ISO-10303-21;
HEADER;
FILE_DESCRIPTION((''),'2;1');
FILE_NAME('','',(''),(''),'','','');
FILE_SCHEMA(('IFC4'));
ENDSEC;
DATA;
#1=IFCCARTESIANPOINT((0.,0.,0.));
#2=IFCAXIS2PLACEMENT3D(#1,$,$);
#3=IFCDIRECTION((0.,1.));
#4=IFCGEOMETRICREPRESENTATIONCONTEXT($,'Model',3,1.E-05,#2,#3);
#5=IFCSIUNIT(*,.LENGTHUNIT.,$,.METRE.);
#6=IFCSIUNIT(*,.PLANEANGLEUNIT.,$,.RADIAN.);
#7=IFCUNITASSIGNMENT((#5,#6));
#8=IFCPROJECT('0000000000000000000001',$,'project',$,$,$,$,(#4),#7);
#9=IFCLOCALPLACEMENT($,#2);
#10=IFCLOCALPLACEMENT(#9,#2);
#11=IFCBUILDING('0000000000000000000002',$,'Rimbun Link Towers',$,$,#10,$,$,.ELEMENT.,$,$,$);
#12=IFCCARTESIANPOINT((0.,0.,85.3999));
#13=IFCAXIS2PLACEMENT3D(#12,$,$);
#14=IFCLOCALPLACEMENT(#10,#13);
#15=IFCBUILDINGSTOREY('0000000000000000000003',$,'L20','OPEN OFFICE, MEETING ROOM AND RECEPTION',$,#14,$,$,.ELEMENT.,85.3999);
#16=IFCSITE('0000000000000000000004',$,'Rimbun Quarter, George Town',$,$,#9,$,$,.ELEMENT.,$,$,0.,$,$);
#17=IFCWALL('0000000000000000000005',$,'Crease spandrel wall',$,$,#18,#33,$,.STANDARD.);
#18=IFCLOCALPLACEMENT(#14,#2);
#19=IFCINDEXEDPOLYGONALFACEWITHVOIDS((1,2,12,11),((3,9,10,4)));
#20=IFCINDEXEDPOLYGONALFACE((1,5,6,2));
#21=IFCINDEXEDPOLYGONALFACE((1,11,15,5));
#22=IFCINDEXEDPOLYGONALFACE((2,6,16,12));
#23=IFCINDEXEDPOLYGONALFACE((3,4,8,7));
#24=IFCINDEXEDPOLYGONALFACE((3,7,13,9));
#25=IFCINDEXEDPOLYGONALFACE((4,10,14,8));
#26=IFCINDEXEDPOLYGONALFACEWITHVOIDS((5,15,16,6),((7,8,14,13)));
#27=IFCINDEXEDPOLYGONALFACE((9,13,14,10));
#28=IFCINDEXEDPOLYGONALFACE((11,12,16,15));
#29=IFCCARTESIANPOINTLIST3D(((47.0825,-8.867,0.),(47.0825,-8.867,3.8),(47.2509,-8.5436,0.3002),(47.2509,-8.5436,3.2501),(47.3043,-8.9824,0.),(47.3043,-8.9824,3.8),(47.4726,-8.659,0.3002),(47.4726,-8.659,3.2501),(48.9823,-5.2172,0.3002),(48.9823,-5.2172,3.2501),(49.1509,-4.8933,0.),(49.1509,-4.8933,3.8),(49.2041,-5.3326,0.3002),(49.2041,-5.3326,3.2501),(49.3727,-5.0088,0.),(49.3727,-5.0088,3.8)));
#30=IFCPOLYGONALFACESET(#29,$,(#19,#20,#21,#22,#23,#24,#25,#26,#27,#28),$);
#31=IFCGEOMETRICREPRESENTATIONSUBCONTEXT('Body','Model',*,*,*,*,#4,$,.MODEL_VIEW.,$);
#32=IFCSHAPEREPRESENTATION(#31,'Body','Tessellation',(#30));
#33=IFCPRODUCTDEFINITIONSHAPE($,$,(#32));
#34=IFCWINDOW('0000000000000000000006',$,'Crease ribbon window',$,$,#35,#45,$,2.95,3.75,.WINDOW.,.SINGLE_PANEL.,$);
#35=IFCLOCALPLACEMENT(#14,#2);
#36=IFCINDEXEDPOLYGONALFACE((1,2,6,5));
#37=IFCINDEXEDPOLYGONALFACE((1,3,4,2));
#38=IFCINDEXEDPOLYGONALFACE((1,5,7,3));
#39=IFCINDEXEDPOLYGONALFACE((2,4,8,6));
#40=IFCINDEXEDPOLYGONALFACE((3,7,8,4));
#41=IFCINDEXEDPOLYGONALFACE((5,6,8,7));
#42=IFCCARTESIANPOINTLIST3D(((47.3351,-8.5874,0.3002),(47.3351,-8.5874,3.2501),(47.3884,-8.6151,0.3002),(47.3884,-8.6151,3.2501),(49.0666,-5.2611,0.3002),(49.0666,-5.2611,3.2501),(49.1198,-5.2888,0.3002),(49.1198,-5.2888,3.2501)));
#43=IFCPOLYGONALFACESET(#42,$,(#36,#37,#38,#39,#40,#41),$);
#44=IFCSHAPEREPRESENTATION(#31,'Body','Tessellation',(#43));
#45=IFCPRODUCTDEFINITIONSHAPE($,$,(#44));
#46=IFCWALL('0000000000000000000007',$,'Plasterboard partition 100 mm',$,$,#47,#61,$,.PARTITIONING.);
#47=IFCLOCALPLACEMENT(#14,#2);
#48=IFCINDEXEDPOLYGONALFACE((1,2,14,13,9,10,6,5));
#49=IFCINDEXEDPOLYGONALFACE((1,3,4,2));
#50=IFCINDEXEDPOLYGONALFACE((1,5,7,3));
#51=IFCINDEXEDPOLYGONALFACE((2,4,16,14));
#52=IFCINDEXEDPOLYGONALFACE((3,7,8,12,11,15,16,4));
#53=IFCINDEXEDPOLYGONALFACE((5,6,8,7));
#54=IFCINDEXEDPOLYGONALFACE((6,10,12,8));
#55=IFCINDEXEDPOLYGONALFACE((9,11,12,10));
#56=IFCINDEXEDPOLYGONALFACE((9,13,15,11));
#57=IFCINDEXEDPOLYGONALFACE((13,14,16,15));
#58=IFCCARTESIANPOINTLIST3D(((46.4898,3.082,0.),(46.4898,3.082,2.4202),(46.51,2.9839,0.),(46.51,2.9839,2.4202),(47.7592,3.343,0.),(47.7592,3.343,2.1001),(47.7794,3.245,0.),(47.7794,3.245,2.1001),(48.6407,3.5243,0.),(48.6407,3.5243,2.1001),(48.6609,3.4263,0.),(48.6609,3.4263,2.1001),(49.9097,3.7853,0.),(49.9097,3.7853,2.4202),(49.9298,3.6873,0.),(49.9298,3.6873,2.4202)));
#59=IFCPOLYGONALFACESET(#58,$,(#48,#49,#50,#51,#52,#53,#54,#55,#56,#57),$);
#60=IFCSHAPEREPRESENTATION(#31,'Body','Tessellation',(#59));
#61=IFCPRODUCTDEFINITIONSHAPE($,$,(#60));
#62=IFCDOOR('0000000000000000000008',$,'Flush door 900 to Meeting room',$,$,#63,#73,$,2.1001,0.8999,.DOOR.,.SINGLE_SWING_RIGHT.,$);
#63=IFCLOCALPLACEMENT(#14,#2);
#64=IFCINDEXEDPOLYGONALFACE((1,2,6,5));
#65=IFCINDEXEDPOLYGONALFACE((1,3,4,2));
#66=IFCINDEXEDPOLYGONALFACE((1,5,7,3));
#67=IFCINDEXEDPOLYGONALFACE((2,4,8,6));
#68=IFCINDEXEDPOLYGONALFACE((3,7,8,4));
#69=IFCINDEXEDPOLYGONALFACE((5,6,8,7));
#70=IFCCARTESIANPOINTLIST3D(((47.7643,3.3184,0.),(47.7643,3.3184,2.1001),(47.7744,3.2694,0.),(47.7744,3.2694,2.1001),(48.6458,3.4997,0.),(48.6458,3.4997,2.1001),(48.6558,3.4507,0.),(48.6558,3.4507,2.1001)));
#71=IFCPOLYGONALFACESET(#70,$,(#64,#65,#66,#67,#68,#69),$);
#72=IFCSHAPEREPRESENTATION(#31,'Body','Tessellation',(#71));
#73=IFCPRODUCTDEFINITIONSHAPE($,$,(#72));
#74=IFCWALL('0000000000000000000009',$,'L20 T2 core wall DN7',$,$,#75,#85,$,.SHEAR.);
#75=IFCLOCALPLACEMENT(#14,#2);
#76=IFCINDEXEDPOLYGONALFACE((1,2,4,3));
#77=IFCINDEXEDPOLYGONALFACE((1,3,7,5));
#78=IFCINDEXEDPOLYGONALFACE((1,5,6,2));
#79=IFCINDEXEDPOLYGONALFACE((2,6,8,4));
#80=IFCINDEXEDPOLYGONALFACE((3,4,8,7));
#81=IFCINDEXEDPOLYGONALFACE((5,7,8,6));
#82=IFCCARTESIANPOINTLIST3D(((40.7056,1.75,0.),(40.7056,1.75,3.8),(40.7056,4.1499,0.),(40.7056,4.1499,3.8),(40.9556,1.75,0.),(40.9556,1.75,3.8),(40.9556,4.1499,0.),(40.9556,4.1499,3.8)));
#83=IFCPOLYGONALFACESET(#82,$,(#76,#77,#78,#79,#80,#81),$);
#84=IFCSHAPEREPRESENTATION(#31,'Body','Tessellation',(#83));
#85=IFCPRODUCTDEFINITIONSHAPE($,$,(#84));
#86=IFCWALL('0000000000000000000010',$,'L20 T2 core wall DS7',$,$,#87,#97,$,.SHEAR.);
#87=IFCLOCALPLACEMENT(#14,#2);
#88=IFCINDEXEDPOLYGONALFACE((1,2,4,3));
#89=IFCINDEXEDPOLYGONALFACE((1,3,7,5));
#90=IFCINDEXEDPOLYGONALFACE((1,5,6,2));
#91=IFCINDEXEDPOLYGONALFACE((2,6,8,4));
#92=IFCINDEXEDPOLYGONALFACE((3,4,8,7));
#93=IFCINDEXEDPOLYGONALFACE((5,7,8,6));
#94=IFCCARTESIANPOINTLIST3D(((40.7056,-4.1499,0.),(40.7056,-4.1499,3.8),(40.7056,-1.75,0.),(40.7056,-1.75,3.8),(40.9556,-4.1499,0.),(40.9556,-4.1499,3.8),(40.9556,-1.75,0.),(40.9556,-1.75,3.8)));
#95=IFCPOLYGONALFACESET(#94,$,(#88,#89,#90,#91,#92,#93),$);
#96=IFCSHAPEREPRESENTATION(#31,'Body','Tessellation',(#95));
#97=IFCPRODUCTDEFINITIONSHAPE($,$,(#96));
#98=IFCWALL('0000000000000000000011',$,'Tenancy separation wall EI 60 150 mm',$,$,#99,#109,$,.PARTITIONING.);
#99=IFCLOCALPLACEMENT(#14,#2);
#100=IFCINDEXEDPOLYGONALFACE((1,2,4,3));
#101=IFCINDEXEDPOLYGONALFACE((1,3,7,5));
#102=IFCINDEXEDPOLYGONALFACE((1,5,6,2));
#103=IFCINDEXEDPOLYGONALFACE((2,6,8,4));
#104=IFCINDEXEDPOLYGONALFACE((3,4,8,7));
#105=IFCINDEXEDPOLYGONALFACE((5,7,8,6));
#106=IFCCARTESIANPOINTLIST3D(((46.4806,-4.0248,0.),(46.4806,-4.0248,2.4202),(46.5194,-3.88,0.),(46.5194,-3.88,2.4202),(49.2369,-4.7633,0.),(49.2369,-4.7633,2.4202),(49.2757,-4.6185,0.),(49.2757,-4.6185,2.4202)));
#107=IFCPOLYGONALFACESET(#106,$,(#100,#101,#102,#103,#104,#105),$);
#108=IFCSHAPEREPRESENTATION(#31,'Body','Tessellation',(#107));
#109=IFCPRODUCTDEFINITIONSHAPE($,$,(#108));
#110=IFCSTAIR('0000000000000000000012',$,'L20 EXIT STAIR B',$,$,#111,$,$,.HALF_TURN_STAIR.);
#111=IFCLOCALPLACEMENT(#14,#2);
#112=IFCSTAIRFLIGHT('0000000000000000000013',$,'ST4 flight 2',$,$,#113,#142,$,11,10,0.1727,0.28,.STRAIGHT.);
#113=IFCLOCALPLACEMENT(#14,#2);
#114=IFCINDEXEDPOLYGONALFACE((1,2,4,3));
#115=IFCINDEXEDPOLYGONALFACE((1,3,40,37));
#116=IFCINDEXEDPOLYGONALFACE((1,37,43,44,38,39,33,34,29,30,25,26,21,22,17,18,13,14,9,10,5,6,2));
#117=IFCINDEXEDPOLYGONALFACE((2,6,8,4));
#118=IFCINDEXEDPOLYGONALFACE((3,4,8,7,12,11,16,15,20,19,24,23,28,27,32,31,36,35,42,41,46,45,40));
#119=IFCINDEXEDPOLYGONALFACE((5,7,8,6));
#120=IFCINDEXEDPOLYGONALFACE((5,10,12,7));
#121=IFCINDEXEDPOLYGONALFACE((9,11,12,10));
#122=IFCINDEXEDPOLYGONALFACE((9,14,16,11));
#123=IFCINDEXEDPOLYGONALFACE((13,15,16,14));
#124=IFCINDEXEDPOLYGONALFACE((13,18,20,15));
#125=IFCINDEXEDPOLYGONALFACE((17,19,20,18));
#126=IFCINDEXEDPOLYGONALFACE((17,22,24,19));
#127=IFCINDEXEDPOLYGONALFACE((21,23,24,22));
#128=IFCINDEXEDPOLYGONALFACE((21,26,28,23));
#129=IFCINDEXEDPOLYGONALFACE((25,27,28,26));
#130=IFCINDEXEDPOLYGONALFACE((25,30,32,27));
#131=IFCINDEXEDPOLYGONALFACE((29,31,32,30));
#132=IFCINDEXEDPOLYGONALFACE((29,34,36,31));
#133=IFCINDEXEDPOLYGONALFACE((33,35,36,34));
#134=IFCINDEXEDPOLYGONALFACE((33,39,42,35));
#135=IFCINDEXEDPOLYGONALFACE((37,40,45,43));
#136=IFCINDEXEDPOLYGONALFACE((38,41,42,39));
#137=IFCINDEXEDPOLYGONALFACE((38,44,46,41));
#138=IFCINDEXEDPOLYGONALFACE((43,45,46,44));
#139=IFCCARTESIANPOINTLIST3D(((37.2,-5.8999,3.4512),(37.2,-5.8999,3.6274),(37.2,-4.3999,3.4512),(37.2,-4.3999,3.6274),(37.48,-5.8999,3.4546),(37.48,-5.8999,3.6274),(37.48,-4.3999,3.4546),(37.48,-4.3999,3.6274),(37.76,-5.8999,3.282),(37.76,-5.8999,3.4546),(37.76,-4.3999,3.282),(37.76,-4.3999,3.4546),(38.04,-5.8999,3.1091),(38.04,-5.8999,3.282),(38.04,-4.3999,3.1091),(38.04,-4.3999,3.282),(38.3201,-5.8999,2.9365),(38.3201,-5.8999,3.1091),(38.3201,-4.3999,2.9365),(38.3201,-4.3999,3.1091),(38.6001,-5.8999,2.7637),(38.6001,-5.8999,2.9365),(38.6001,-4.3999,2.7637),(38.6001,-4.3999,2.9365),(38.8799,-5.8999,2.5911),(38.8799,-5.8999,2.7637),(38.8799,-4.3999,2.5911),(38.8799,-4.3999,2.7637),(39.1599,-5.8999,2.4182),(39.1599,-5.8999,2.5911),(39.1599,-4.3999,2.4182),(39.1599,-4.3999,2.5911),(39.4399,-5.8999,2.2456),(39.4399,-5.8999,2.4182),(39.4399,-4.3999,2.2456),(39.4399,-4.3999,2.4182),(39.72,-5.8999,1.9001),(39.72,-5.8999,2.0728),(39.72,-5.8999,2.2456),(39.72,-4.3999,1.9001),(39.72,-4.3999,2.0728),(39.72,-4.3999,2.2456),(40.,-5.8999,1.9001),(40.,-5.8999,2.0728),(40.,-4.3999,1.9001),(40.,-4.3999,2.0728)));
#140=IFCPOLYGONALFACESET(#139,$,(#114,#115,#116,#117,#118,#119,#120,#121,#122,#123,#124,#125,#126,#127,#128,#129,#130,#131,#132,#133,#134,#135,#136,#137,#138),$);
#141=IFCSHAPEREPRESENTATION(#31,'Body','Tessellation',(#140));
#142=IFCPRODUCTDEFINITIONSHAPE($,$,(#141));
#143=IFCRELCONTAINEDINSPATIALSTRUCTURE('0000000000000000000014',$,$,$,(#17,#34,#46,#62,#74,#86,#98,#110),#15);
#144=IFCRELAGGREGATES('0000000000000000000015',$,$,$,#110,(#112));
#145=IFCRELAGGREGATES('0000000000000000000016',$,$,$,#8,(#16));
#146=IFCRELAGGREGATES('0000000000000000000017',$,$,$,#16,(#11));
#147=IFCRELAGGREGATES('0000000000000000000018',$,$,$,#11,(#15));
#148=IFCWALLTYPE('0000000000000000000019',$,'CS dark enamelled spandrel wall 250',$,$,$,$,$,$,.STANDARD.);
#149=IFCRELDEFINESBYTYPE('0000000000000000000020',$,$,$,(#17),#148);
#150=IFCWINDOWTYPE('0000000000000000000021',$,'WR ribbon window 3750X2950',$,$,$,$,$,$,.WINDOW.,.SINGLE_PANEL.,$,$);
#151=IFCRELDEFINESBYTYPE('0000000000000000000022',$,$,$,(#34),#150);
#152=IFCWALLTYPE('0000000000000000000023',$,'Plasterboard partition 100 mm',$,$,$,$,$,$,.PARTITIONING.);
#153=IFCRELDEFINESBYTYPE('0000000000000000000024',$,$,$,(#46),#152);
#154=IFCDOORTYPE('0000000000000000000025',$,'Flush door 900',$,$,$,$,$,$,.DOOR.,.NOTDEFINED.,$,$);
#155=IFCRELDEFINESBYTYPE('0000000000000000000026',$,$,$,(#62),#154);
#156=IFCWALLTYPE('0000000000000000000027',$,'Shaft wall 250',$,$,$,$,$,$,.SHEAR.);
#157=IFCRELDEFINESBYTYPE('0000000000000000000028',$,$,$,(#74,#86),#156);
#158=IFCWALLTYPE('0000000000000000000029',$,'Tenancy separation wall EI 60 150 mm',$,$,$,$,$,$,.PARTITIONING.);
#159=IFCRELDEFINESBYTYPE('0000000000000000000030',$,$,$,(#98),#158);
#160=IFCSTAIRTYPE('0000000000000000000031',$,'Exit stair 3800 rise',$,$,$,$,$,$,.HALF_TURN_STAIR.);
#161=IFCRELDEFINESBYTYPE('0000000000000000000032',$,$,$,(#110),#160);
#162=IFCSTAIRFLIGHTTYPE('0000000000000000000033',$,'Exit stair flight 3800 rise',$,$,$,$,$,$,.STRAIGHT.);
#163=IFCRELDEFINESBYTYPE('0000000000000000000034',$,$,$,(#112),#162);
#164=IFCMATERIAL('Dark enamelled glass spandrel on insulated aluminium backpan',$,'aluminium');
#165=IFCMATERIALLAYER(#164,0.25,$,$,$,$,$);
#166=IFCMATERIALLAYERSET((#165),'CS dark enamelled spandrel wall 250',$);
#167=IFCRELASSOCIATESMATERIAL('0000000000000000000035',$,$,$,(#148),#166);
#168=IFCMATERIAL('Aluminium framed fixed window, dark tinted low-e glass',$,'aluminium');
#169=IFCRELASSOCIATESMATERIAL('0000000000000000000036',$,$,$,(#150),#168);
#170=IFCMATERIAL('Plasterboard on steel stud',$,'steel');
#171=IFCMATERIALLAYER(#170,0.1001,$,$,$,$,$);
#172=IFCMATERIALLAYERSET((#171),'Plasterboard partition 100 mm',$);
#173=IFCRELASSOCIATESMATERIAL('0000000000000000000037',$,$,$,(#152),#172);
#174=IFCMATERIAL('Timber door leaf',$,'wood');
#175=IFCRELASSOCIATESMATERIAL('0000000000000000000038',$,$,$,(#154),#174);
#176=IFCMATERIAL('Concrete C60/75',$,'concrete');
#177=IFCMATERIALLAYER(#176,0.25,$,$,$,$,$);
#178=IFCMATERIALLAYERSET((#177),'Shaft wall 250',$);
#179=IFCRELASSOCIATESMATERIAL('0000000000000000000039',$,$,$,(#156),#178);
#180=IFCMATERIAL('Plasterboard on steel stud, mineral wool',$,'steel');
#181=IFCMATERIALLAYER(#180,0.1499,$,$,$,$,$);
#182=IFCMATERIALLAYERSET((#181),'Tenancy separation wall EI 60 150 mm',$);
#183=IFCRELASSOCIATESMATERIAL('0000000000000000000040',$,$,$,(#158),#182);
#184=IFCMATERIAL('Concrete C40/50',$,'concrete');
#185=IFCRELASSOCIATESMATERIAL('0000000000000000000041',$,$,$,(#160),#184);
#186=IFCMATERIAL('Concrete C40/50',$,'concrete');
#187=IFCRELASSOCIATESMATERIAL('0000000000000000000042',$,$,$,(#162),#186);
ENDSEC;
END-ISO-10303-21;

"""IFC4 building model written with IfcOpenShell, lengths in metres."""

from ifc_helpers import new_model, si_unit, direction, frame, frame_2d, origin, place, context, subcontext, project, spatial, polyline, rectangle, outline, extrude, material, layer, layer_set, type_object, element, fill, aggregate, save


model = new_model("IFC4")

# Units and contexts
model_context = context("Model", 3, precision=1e-05, world=origin(), true_north=direction((0.0, 1.0)))
body_context = subcontext(model_context, "Body", "Model", "MODEL_VIEW")
ifc_project = project(units=[si_unit("LENGTHUNIT", "METRE"), si_unit("PLANEANGLEUNIT", "RADIAN")], contexts=[model_context])

# Site, building, storey
site_placement = place(None, origin())
site = spatial("IfcSite", under=ifc_project, at=site_placement, Name="Rimbun Quarter, George Town", CompositionType="ELEMENT", RefElevation=0.0)
building_placement = place(site_placement, origin())
building = spatial("IfcBuilding", under=site, at=building_placement, Name="Rimbun Link Towers", CompositionType="ELEMENT")
storey_placement = place(building_placement, frame((0.0, 0.0, 85.3999)))
storey = spatial("IfcBuildingStorey", under=building, at=storey_placement, Name="L20", Description="OPEN OFFICE, MEETING ROOM AND RECEPTION", CompositionType="ELEMENT", Elevation=85.3999)

# Wall, opening, window
ifc_material_1 = material(Name="Dark enamelled glass spandrel on insulated aluminium backpan", Category="aluminium")
ifc_layer_1 = layer(ifc_material_1, 0.25)
ifc_layer_set_1 = layer_set([ifc_layer_1], Name="CS dark enamelled spandrel wall 250")
wall_type_1 = type_object("IfcWallType", Name="CS dark enamelled spandrel wall 250", PredefinedType="STANDARD", material=ifc_layer_set_1)
wall_1_placement = place(storey_placement, frame((49.2617, -4.9512, 0.0), z_axis=(0.0, 0.0, 1.0), x_axis=(-0.461716, -0.887028, 0.0)))
wall_1 = element("IfcWall", 1, at=wall_1_placement, inside=storey, type_object=wall_type_1, Name="Crease spandrel wall", PredefinedType="STANDARD", context=body_context, shape_type="SweptSolid", body=[
    extrude(rectangle(XDim=4.4797, YDim=0.25, at=frame_2d((2.2397, 0.0))), origin(), (0.0, 0.0, 1.0), 3.8),
])
opening_1_placement = place(wall_1_placement, frame((0.365, 0.0, 0.3)))
opening_1 = element("IfcOpeningElement", 2, at=opening_1_placement, cuts=wall_1, PredefinedType="OPENING", context=body_context, shape_type="SweptSolid", body=[
    extrude(rectangle(XDim=3.75, YDim=2.95, at=frame_2d((1.875, 1.4751))), frame((0.0, 0.135, 0.0), z_axis=(0.0, -1.0, 0.0), x_axis=(1.0, 0.0, 0.0)), (0.0, 0.0, 1.0), 0.27),
])
ifc_material_2 = material(Name="Aluminium framed fixed window, dark tinted low-e glass", Category="aluminium")
window_type = type_object("IfcWindowType", Name="WR ribbon window 3750X2950", PartitioningType="SINGLE_PANEL", PredefinedType="WINDOW", material=ifc_material_2)
window_placement = place(opening_1_placement, origin())
window = element("IfcWindow", 3, at=window_placement, inside=storey, type_object=window_type, Name="Crease ribbon window", OverallHeight=2.95, OverallWidth=3.75, PartitioningType="SINGLE_PANEL", PredefinedType="WINDOW", context=body_context, shape_type="SweptSolid", body=[
    extrude(rectangle(XDim=3.75, YDim=2.95, at=frame_2d((1.875, 1.4751))), frame((0.0, 0.03, 0.0), z_axis=(0.0, -1.0, 0.0), x_axis=(1.0, 0.0, 0.0)), (0.0, 0.0, 1.0), 0.0601),
])
fill(opening_1, window)

# Wall, opening, door
ifc_material_3 = material(Name="Plasterboard on steel stud", Category="steel")
ifc_layer_2 = layer(ifc_material_3, 0.1001)
ifc_layer_set_2 = layer_set([ifc_layer_2], Name="Plasterboard partition 100 mm")
wall_type_2 = type_object("IfcWallType", Name="Plasterboard partition 100 mm", PredefinedType="PARTITIONING", material=ifc_layer_set_2)
wall_2_placement = place(storey_placement, frame((46.5, 3.033, 0.0), z_axis=(0.0, 0.0, 1.0), x_axis=(0.979498, 0.201452, 0.0)))
wall_2 = element("IfcWall", 4, at=wall_2_placement, inside=storey, type_object=wall_type_2, Name="Plasterboard partition 100 mm", PredefinedType="PARTITIONING", context=body_context, shape_type="SweptSolid", body=[
    extrude(rectangle(XDim=3.4915, YDim=0.1001, at=frame_2d((1.7456, 0.0))), origin(), (0.0, 0.0, 1.0), 2.4202),
])
opening_2_placement = place(wall_2_placement, frame((1.2959, 0.0, 0.0)))
opening_2 = element("IfcOpeningElement", 5, at=opening_2_placement, cuts=wall_2, PredefinedType="OPENING", context=body_context, shape_type="SweptSolid", body=[
    extrude(rectangle(XDim=0.8999, YDim=2.1001, at=frame_2d((0.45, 1.05))), frame((0.0, 0.0601, 0.0), z_axis=(0.0, -1.0, 0.0), x_axis=(1.0, 0.0, 0.0)), (0.0, 0.0, 1.0), 0.1201),
])
ifc_material_4 = material(Name="Timber door leaf", Category="wood")
door_type = type_object("IfcDoorType", Name="Flush door 900", OperationType="NOTDEFINED", PredefinedType="DOOR", material=ifc_material_4)
door_placement = place(opening_2_placement, origin())
door = element("IfcDoor", 6, at=door_placement, inside=storey, type_object=door_type, Name="Flush door 900 to Meeting room", OperationType="SINGLE_SWING_RIGHT", OverallHeight=2.1001, OverallWidth=0.8999, PredefinedType="DOOR", context=body_context, shape_type="SweptSolid", body=[
    extrude(rectangle(XDim=0.8999, YDim=2.1001, at=frame_2d((0.45, 1.05))), frame((0.0, 0.0249, 0.0), z_axis=(0.0, -1.0, 0.0), x_axis=(1.0, 0.0, 0.0)), (0.0, 0.0, 1.0), 0.05),
])
fill(opening_2, door)

# Walls
ifc_material_5 = material(Name="Concrete C60/75", Category="concrete")
ifc_layer_3 = layer(ifc_material_5, 0.25)
ifc_layer_set_3 = layer_set([ifc_layer_3], Name="Shaft wall 250")
wall_type_3 = type_object("IfcWallType", Name="Shaft wall 250", PredefinedType="SHEAR", material=ifc_layer_set_3)
for number, where, z_axis, x_axis, name in (
    (7, (40.8306, 1.75, 0.0), (0.0, 0.0, 1.0), (0.0, 1.0, 0.0), "L20 T2 core wall DN7"),
    (8, (40.8306, -4.1499, 0.0), (0.0, 0.0, 1.0), (0.0, 1.0, 0.0), "L20 T2 core wall DS7"),
):
    element("IfcWall", number, at=place(storey_placement, frame(where, z_axis=z_axis, x_axis=x_axis)), inside=storey, type_object=wall_type_3, Name=name, PredefinedType="SHEAR", context=body_context, shape_type="SweptSolid", body=[
        extrude(rectangle(XDim=2.3999, YDim=0.25, at=frame_2d((1.2, 0.0))), origin(), (0.0, 0.0, 1.0), 3.8),
    ])
ifc_material_6 = material(Name="Plasterboard on steel stud, mineral wool", Category="steel")
ifc_layer_4 = layer(ifc_material_6, 0.1499)
ifc_layer_set_4 = layer_set([ifc_layer_4], Name="Tenancy separation wall EI 60 150 mm")
wall_type_4 = type_object("IfcWallType", Name="Tenancy separation wall EI 60 150 mm", PredefinedType="PARTITIONING", material=ifc_layer_set_4)
wall_3_placement = place(storey_placement, frame((46.5, -3.9524, 0.0), z_axis=(0.0, 0.0, 1.0), x_axis=(0.965929, -0.258807, 0.0)))
element("IfcWall", 9, at=wall_3_placement, inside=storey, type_object=wall_type_4, Name="Tenancy separation wall EI 60 150 mm", PredefinedType="PARTITIONING", context=body_context, shape_type="SweptSolid", body=[
    extrude(rectangle(XDim=2.8535, YDim=0.1499, at=frame_2d((1.4268, 0.0))), origin(), (0.0, 0.0, 1.0), 2.4202),
])

# Stair, stair flight
ifc_material_7 = material(Name="Concrete C40/50", Category="concrete")
stair_type = type_object("IfcStairType", Name="Exit stair 3800 rise", PredefinedType="HALF_TURN_STAIR", material=ifc_material_7)
stair_placement = place(storey_placement, origin())
stair = element("IfcStair", 10, at=stair_placement, inside=storey, type_object=stair_type, Name="L20 EXIT STAIR B", PredefinedType="HALF_TURN_STAIR")
ifc_material_8 = material(Name="Concrete C40/50", Category="concrete")
stair_flight_type = type_object("IfcStairFlightType", Name="Exit stair flight 3800 rise", PredefinedType="STRAIGHT", material=ifc_material_8)
stair_flight_placement = place(storey_placement, frame((40.0, -5.1499, 1.9001), z_axis=(0.0, 0.0, 1.0), x_axis=(-1.0, 0.0, 0.0)))
stair_flight = element("IfcStairFlight", 11, at=stair_flight_placement, type_object=stair_flight_type, Name="ST4 flight 2", NumberOfRisers=11, NumberOfTreads=10, PredefinedType="STRAIGHT", RiserHeight=0.1727, TreadLength=0.28, context=body_context, shape_type="SweptSolid", body=[
    extrude(outline(polyline([(0.0, 0.0), (0.0, 0.1726), (0.28, 0.1726), (0.28, 0.3455), (0.5601, 0.3455), (0.5601, 0.5181), (0.8401, 0.5181), (0.8401, 0.6909), (1.1201, 0.6909), (1.1201, 0.8635), (1.3999, 0.8635), (1.3999, 1.0364), (1.6799, 1.0364), (1.6799, 1.209), (1.96, 1.209), (1.96, 1.3818), (2.24, 1.3818), (2.24, 1.5544), (2.52, 1.5544), (2.52, 1.7273), (2.8, 1.7273), (2.8, 1.8999), (2.8, 1.551), (0.28, 0.0), (0.0, 0.0)])), frame((0.0, 0.75, 0.0), z_axis=(0.0, -1.0, 0.0), x_axis=(1.0, 0.0, 0.0)), (0.0, 0.0, 1.0), 1.5),
])
aggregate(stair, [stair_flight])

save(model, "model.ifc")
